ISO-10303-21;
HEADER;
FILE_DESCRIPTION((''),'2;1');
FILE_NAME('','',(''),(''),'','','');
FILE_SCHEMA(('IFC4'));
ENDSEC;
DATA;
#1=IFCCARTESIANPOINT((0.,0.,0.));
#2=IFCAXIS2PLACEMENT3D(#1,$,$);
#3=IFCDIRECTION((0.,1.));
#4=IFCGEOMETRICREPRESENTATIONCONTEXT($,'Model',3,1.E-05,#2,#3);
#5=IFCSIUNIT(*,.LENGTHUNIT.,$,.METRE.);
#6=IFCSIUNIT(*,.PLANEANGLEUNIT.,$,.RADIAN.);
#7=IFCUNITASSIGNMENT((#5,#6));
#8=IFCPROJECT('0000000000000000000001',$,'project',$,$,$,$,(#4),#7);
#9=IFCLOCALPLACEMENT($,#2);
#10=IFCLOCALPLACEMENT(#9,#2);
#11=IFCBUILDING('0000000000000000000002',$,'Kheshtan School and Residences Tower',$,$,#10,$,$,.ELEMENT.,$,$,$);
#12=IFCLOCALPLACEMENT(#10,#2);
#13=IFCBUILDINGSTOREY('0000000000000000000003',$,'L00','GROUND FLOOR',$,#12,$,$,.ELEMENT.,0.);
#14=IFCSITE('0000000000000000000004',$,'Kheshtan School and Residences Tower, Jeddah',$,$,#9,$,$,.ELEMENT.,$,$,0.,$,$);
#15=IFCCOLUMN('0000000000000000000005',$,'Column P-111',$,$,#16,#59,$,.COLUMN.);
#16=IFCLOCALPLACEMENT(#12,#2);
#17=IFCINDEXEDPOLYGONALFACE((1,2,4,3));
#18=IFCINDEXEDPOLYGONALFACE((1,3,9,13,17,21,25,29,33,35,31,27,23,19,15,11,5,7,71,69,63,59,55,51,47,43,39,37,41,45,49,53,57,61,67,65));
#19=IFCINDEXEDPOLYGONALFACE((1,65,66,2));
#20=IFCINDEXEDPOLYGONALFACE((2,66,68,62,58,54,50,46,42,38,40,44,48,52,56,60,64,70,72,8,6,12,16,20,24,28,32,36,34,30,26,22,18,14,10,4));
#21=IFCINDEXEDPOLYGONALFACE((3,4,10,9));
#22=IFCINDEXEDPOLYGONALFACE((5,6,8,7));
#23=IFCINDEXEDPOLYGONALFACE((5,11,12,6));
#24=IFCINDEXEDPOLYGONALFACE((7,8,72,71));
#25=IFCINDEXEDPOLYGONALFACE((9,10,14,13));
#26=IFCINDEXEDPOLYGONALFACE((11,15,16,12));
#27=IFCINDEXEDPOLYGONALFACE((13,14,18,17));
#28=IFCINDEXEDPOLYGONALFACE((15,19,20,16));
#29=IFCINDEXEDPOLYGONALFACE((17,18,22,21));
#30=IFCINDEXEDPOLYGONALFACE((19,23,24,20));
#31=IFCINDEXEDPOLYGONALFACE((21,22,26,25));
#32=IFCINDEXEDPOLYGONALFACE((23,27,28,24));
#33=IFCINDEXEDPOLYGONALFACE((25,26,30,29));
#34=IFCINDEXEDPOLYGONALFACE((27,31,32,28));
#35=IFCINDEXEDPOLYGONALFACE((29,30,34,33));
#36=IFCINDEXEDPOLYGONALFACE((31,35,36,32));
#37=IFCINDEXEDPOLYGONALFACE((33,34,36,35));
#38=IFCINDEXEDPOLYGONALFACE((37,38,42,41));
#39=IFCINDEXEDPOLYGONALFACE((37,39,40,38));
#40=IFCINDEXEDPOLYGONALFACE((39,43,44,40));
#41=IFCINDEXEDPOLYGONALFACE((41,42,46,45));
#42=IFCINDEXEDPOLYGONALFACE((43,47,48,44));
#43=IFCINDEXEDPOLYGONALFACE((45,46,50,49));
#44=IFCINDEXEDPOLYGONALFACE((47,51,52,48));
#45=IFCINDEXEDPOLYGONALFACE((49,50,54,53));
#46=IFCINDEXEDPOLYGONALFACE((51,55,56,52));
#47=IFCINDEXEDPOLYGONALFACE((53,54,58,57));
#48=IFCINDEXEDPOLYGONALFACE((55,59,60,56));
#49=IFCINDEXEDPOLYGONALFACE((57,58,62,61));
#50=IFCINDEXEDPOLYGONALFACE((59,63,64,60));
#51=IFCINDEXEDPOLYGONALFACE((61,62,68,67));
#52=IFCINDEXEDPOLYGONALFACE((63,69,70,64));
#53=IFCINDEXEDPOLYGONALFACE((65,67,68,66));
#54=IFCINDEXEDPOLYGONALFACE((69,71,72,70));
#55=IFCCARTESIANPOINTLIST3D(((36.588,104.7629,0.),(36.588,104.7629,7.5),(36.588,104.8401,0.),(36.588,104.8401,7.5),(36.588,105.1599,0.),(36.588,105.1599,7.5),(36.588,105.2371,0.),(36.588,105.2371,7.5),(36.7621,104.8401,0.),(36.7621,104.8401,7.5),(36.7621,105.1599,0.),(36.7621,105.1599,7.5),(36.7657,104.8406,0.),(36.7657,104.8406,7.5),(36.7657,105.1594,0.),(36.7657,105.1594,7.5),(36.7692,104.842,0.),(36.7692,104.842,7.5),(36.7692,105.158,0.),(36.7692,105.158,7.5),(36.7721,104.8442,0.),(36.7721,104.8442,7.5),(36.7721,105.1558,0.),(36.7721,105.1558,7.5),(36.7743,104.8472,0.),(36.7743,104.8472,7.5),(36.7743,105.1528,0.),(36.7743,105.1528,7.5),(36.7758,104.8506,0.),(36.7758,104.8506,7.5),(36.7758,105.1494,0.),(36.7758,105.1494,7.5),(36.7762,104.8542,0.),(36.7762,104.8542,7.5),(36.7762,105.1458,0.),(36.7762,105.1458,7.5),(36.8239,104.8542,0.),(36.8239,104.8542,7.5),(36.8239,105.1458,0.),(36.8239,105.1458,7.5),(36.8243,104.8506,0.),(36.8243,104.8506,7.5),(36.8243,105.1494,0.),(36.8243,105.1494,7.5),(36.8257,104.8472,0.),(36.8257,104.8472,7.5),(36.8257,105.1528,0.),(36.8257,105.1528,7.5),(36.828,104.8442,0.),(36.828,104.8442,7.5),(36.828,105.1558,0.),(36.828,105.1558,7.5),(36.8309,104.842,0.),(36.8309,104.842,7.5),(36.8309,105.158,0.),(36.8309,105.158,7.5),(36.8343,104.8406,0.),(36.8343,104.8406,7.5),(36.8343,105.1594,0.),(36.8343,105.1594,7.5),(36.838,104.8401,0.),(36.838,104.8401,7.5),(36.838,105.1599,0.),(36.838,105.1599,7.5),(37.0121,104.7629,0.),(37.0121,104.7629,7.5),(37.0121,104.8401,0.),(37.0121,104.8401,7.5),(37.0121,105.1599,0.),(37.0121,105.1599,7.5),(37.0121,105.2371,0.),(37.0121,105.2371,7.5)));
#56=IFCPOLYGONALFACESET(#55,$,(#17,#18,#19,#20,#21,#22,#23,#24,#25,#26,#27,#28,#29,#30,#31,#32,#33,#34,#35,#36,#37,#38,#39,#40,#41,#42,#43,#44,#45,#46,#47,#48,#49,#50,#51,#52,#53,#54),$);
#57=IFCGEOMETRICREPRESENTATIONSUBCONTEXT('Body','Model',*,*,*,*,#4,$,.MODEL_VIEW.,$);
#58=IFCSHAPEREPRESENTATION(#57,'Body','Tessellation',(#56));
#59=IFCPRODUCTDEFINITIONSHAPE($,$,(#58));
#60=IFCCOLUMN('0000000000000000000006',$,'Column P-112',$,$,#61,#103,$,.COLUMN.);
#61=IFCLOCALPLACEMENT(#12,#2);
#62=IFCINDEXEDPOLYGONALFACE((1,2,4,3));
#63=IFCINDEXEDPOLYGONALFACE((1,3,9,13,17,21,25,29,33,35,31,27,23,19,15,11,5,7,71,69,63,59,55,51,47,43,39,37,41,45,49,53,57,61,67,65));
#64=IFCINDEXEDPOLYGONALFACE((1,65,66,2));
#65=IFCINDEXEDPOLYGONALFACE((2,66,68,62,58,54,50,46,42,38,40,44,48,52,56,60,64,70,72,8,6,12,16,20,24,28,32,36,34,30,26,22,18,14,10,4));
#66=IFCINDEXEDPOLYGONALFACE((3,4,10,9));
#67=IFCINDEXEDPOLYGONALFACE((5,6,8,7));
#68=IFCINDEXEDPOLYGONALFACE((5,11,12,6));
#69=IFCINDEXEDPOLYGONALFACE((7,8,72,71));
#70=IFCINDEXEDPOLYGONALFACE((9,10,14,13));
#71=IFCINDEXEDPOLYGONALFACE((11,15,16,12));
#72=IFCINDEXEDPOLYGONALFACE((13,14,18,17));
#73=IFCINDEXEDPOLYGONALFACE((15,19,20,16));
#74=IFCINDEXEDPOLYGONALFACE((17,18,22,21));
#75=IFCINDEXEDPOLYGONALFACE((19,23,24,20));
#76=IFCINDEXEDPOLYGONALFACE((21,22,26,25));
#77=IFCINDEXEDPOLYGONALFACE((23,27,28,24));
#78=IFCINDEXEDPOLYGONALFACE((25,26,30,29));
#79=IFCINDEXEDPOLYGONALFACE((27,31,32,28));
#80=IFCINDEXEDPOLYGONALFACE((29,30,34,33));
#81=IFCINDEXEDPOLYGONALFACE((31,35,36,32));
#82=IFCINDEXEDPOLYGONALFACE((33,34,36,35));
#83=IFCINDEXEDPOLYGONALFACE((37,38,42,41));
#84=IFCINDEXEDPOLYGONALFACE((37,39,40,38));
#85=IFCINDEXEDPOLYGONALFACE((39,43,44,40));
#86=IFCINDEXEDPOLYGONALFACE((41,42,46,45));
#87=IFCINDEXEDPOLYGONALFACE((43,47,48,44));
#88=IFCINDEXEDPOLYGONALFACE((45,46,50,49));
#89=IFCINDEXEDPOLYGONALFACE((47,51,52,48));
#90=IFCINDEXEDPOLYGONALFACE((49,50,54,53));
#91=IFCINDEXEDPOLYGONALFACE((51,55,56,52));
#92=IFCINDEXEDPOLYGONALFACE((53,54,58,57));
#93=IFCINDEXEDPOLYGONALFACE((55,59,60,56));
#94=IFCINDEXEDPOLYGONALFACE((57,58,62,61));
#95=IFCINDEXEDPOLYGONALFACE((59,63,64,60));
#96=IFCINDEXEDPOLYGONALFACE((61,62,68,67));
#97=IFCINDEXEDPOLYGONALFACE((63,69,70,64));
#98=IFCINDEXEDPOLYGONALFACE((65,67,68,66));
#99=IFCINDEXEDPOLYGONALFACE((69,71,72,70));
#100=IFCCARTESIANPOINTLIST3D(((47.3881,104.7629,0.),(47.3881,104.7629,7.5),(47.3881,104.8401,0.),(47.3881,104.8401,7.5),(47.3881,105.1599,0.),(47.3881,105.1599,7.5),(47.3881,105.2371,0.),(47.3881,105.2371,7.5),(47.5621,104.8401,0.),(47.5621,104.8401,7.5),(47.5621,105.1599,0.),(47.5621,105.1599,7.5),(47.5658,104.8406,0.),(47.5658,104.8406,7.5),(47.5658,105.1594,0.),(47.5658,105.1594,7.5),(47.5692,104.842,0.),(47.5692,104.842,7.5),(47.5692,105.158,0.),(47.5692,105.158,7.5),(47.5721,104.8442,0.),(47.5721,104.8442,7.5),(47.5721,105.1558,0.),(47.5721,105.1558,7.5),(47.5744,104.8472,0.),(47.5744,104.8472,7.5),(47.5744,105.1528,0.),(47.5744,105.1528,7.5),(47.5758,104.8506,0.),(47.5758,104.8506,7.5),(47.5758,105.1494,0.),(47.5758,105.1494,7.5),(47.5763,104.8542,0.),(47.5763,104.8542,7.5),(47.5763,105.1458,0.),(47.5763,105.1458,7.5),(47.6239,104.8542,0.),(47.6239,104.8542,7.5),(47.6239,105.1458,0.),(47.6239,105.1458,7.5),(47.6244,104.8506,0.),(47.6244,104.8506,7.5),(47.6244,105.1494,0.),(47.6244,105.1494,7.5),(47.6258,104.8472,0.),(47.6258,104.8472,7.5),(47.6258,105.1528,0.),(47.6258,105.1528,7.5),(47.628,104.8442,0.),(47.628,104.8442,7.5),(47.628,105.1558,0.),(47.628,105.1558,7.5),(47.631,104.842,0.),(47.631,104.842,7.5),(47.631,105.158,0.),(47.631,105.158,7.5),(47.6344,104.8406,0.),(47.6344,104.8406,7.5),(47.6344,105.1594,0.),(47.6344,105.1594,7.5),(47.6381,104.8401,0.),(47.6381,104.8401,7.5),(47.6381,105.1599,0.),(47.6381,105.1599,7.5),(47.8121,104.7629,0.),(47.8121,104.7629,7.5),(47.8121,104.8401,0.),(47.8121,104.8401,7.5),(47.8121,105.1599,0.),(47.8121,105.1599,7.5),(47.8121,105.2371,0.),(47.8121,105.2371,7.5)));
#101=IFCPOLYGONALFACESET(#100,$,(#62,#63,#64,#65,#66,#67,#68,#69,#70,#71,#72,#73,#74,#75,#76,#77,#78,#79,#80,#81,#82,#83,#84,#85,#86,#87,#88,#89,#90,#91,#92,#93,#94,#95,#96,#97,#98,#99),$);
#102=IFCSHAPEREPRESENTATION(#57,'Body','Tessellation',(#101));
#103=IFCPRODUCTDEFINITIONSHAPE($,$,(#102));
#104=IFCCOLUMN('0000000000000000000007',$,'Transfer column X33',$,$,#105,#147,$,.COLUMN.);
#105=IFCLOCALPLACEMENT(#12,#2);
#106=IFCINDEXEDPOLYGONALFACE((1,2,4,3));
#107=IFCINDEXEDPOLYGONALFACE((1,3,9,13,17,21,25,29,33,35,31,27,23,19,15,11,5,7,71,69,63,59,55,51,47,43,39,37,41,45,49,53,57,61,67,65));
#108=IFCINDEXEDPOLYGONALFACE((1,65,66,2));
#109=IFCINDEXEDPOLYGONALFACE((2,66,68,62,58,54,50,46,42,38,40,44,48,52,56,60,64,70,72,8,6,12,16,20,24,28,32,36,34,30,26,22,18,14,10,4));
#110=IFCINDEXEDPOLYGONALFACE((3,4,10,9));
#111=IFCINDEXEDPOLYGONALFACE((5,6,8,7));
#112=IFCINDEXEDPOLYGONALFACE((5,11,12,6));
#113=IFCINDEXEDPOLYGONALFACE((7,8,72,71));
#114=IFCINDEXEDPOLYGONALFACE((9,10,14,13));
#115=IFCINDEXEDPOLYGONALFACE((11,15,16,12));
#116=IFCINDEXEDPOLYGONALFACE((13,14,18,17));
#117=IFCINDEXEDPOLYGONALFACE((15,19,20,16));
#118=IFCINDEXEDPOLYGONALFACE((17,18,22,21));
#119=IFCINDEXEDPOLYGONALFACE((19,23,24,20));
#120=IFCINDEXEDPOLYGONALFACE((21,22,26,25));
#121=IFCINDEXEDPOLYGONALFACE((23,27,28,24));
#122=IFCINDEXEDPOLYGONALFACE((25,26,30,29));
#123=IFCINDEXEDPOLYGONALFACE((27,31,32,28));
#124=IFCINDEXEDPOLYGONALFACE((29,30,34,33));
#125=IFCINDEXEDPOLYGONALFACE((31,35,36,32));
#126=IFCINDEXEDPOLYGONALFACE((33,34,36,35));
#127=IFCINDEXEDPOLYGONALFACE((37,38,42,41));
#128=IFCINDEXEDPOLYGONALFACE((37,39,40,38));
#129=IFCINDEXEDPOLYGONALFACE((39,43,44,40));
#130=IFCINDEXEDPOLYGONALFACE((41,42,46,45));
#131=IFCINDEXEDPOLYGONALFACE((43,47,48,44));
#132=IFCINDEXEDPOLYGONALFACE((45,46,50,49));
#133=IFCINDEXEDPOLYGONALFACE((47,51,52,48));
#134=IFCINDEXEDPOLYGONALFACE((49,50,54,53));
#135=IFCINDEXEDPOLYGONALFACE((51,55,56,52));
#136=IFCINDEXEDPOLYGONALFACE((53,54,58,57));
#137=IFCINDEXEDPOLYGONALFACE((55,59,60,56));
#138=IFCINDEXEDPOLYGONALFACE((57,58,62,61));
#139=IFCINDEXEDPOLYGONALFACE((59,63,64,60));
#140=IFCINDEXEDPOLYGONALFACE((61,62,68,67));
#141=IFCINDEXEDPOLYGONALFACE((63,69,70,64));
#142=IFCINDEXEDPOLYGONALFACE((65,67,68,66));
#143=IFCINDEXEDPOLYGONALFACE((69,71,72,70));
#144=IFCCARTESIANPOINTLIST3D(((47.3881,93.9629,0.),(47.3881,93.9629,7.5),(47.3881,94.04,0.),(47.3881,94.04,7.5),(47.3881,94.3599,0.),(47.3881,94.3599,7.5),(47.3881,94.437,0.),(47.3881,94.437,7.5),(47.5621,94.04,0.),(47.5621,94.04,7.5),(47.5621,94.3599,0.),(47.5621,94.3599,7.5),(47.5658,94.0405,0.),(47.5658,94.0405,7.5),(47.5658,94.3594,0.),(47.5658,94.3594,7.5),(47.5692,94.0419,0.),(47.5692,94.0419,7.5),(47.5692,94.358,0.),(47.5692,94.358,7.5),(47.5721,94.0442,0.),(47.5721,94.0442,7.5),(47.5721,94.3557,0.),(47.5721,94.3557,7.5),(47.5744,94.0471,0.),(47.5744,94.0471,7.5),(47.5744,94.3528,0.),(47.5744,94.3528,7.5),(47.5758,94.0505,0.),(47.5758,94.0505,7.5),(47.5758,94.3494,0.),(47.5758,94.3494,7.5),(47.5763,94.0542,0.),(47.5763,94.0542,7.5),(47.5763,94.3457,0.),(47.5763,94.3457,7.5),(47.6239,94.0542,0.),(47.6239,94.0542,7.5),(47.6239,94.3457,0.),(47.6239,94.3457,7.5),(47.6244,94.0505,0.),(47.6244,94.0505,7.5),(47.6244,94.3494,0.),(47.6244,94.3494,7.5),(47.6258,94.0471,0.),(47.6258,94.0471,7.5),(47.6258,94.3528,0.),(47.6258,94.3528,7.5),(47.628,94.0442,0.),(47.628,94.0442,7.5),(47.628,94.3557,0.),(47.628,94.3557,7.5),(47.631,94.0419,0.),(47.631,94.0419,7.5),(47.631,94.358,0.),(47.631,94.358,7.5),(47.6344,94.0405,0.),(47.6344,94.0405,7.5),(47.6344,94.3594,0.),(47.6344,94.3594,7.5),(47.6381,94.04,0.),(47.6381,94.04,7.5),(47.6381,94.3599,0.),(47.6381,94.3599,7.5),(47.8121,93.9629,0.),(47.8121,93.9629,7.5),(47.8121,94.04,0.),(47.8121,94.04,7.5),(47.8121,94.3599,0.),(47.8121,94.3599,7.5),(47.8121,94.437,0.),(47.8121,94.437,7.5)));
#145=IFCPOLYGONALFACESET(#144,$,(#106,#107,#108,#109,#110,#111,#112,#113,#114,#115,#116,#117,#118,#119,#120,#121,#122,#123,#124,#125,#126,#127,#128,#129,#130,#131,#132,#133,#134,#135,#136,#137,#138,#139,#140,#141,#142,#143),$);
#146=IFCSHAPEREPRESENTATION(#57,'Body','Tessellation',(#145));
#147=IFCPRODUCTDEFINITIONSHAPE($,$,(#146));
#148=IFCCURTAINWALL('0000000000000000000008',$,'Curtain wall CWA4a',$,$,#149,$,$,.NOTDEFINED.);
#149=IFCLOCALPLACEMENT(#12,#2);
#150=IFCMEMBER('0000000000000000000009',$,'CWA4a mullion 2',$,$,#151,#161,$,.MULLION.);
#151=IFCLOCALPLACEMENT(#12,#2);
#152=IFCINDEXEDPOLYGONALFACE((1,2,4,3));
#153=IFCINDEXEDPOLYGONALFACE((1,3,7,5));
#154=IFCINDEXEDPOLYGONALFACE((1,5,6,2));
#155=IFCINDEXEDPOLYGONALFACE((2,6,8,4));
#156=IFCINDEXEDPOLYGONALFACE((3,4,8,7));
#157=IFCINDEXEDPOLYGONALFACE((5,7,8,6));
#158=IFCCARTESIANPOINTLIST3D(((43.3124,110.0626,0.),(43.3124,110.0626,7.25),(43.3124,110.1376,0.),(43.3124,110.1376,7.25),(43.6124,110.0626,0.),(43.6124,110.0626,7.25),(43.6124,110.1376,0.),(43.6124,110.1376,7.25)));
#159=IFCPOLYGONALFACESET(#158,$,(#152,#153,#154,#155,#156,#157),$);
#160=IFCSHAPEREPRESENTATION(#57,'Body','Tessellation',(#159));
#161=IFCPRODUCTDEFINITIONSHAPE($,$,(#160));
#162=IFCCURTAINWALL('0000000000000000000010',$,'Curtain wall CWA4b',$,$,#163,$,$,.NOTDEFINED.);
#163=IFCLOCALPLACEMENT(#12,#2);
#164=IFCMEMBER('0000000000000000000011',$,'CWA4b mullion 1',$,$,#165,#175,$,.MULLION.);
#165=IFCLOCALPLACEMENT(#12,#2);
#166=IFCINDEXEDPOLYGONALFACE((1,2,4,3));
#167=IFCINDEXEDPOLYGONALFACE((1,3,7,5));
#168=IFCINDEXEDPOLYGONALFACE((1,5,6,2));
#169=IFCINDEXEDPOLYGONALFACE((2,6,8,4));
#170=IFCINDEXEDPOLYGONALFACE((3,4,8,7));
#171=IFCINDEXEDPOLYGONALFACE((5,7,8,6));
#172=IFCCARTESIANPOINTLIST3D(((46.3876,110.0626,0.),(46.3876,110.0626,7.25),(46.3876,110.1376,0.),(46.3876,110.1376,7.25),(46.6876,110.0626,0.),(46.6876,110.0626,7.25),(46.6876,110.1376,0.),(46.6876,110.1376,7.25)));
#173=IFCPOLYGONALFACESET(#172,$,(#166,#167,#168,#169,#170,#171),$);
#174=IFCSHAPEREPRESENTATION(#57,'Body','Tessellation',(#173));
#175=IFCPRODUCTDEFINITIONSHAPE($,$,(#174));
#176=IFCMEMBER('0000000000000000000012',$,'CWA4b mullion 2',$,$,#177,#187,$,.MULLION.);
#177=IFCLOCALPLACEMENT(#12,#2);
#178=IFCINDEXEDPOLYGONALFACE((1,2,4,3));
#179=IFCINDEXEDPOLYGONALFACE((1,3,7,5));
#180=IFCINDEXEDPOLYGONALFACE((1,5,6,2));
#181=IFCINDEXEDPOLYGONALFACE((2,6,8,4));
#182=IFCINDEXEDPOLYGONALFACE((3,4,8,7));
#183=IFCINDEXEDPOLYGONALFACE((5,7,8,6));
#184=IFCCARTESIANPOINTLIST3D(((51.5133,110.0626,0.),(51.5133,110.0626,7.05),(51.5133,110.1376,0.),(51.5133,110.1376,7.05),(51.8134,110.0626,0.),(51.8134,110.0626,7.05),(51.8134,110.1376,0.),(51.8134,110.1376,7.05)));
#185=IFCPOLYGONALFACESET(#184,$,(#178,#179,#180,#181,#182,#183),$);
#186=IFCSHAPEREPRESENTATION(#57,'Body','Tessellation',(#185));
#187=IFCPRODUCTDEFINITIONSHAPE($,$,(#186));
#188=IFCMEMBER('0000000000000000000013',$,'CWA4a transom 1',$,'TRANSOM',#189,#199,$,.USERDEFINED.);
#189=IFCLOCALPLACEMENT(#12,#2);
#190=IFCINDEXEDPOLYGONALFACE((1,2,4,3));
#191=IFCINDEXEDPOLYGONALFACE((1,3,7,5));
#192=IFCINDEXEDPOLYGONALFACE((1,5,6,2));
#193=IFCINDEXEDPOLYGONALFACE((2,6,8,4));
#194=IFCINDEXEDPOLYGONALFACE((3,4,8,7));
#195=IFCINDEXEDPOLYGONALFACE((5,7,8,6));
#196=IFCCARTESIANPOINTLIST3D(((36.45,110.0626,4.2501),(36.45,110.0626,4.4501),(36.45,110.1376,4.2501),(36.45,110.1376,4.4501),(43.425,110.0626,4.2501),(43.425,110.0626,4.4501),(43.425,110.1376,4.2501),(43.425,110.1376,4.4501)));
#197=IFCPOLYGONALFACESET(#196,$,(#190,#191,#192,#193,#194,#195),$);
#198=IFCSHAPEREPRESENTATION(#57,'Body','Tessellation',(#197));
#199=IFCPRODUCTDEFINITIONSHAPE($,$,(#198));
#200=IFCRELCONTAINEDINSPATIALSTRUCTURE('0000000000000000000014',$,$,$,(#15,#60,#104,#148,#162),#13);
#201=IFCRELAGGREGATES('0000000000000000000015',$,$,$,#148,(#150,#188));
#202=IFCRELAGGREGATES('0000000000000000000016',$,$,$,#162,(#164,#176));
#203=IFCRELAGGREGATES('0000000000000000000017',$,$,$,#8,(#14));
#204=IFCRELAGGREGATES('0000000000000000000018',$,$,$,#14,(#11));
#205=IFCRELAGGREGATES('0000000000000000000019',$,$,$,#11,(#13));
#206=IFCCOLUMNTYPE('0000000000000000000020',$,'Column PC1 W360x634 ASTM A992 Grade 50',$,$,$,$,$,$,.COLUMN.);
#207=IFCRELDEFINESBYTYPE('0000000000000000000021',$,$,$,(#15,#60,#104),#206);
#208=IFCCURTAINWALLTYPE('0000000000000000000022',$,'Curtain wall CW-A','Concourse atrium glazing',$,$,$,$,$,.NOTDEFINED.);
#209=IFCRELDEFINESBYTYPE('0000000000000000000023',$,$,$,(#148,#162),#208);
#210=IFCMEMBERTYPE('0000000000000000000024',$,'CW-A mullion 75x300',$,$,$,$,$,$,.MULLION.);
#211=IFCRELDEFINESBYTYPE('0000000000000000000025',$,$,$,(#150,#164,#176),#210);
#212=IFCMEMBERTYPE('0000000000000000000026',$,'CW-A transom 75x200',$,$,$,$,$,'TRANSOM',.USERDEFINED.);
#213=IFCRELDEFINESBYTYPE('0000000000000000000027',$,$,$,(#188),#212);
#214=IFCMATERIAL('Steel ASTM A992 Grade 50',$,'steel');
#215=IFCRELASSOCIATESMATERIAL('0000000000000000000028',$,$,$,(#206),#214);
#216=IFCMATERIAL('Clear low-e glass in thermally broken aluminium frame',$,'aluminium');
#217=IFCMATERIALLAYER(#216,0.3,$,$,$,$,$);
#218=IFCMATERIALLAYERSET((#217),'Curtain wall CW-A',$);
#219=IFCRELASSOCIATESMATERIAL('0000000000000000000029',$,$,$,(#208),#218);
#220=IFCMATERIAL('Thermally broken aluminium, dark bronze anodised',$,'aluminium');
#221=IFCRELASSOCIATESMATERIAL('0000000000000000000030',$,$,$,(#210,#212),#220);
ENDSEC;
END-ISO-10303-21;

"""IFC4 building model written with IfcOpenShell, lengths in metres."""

from ifc_helpers import new_model, si_unit, direction, frame, origin, origin_2d, place, context, subcontext, project, spatial, rectangle, i_section, extrude, material, layer, layer_set, material_profile, profile_set, type_object, element, aggregate, save


model = new_model("IFC4")

# Units and contexts
model_context = context("Model", 3, precision=1e-05, world=origin(), true_north=direction((0.0, 1.0)))
body_context = subcontext(model_context, "Body", "Model", "MODEL_VIEW")
ifc_project = project(units=[si_unit("LENGTHUNIT", "METRE"), si_unit("PLANEANGLEUNIT", "RADIAN")], contexts=[model_context])

# Site, building, storey
site_placement = place(None, origin())
site = spatial("IfcSite", under=ifc_project, at=site_placement, Name="Kheshtan School and Residences Tower, Jeddah", CompositionType="ELEMENT", RefElevation=0.0)
building_placement = place(site_placement, origin())
building = spatial("IfcBuilding", under=site, at=building_placement, Name="Kheshtan School and Residences Tower", CompositionType="ELEMENT")
storey_placement = place(building_placement, origin())
storey = spatial("IfcBuildingStorey", under=building, at=storey_placement, Name="L00", Description="GROUND FLOOR", CompositionType="ELEMENT", Elevation=0.0)

# Columns
ifc_material_1 = material(Name="Steel ASTM A992 Grade 50", Category="steel")
ifc_material_profile_1 = material_profile(ifc_material_1, i_section(OverallWidth=0.4241, OverallDepth=0.4741, WebThickness=0.0476, FlangeThickness=0.0771, FilletRadius=0.0142, at=origin_2d()), Name="W360x634")
ifc_profile_set_1 = profile_set([ifc_material_profile_1], Name="Steel ASTM A992 Grade 50")
column_type = type_object("IfcColumnType", Name="Column PC1 W360x634 ASTM A992 Grade 50", PredefinedType="COLUMN", material=ifc_profile_set_1)
for number, where, z_axis, x_axis, name in (
    (1, (36.8, 105.0, 0.0), (0.0, 0.0, 1.0), (1.0, 0.0, 0.0), "Column P-111"),
    (2, (47.6001, 105.0, 0.0), (0.0, 0.0, 1.0), (1.0, 0.0, 0.0), "Column P-112"),
    (3, (47.6001, 94.2, 0.0), (0.0, 0.0, 1.0), (1.0, 0.0, 0.0), "Transfer column X33"),
):
    element("IfcColumn", number, at=place(storey_placement, frame(where, z_axis=z_axis, x_axis=x_axis)), inside=storey, type_object=column_type, Name=name, PredefinedType="COLUMN", context=body_context, shape_type="SweptSolid", body=[
        extrude(i_section(OverallWidth=0.4241, OverallDepth=0.4741, WebThickness=0.0476, FlangeThickness=0.0771, FilletRadius=0.0142, at=origin_2d()), origin(), (0.0, 0.0, 1.0), 7.5),
    ])

# Curtain wall, member
ifc_material_2 = material(Name="Clear low-e glass in thermally broken aluminium frame", Category="aluminium")
ifc_layer_1 = layer(ifc_material_2, 0.3)
ifc_layer_set_1 = layer_set([ifc_layer_1], Name="Curtain wall CW-A")
curtain_wall_type = type_object("IfcCurtainWallType", Name="Curtain wall CW-A", Description="Concourse atrium glazing", PredefinedType="NOTDEFINED", material=ifc_layer_set_1)
curtain_wall_1_placement = place(storey_placement, origin())
curtain_wall_1 = element("IfcCurtainWall", 4, at=curtain_wall_1_placement, inside=storey, type_object=curtain_wall_type, Name="Curtain wall CWA4a", PredefinedType="NOTDEFINED")
ifc_material_3 = material(Name="Thermally broken aluminium, dark bronze anodised", Category="aluminium")
ifc_material_profile_2 = material_profile(ifc_material_3, rectangle(XDim=0.075, YDim=0.3, at=origin_2d()), Name="CW-A mullion 75x300")
ifc_profile_set_2 = profile_set([ifc_material_profile_2], Name="Thermally broken aluminium, dark bronze anodised")
member_type_1 = type_object("IfcMemberType", Name="CW-A mullion 75x300", PredefinedType="MULLION", material=ifc_profile_set_2)
member_1_placement = place(storey_placement, frame((43.4624, 110.1001, 0.0), z_axis=(0.0, 0.0, 1.0), x_axis=(0.0, 1.0, 0.0)))
member_1 = element("IfcMember", 5, at=member_1_placement, type_object=member_type_1, Name="CWA4a mullion 2", PredefinedType="MULLION", context=body_context, shape_type="SweptSolid", body=[
    extrude(rectangle(XDim=0.075, YDim=0.3, at=origin_2d()), origin(), (0.0, 0.0, 1.0), 7.25),
])

# Curtain wall, members
curtain_wall_2_placement = place(storey_placement, origin())
curtain_wall_2 = element("IfcCurtainWall", 6, at=curtain_wall_2_placement, inside=storey, type_object=curtain_wall_type, Name="Curtain wall CWA4b", PredefinedType="NOTDEFINED")
member_2_placement = place(storey_placement, frame((46.5376, 110.1001, 0.0), z_axis=(0.0, 0.0, 1.0), x_axis=(0.0, 1.0, 0.0)))
member_2 = element("IfcMember", 7, at=member_2_placement, type_object=member_type_1, Name="CWA4b mullion 1", PredefinedType="MULLION", context=body_context, shape_type="SweptSolid", body=[
    extrude(rectangle(XDim=0.075, YDim=0.3, at=origin_2d()), origin(), (0.0, 0.0, 1.0), 7.25),
])
member_3_placement = place(storey_placement, frame((51.6633, 110.1001, 0.0), z_axis=(0.0, 0.0, 1.0), x_axis=(0.0, 1.0, 0.0)))
member_3 = element("IfcMember", 8, at=member_3_placement, type_object=member_type_1, Name="CWA4b mullion 2", PredefinedType="MULLION", context=body_context, shape_type="SweptSolid", body=[
    extrude(rectangle(XDim=0.075, YDim=0.3, at=origin_2d()), origin(), (0.0, 0.0, 1.0), 7.05),
])

# Member
ifc_material_profile_3 = material_profile(ifc_material_3, rectangle(XDim=0.075, YDim=0.2, at=origin_2d()), Name="CW-A transom 75x200")
ifc_profile_set_3 = profile_set([ifc_material_profile_3], Name="Thermally broken aluminium, dark bronze anodised")
member_type_2 = type_object("IfcMemberType", Name="CW-A transom 75x200", ElementType="TRANSOM", PredefinedType="USERDEFINED", material=ifc_profile_set_3)
member_4_placement = place(storey_placement, frame((36.45, 110.1001, 4.3501), z_axis=(1.0, 0.0, 0.0), x_axis=(0.0, 1.0, 0.0)))
member_4 = element("IfcMember", 9, at=member_4_placement, type_object=member_type_2, Name="CWA4a transom 1", ObjectType="TRANSOM", PredefinedType="USERDEFINED", context=body_context, shape_type="SweptSolid", body=[
    extrude(rectangle(XDim=0.075, YDim=0.2, at=origin_2d()), origin(), (0.0, 0.0, 1.0), 6.9751),
])

aggregate(curtain_wall_1, [member_1, member_4])
aggregate(curtain_wall_2, [member_2, member_3])

save(model, "model.ifc")
